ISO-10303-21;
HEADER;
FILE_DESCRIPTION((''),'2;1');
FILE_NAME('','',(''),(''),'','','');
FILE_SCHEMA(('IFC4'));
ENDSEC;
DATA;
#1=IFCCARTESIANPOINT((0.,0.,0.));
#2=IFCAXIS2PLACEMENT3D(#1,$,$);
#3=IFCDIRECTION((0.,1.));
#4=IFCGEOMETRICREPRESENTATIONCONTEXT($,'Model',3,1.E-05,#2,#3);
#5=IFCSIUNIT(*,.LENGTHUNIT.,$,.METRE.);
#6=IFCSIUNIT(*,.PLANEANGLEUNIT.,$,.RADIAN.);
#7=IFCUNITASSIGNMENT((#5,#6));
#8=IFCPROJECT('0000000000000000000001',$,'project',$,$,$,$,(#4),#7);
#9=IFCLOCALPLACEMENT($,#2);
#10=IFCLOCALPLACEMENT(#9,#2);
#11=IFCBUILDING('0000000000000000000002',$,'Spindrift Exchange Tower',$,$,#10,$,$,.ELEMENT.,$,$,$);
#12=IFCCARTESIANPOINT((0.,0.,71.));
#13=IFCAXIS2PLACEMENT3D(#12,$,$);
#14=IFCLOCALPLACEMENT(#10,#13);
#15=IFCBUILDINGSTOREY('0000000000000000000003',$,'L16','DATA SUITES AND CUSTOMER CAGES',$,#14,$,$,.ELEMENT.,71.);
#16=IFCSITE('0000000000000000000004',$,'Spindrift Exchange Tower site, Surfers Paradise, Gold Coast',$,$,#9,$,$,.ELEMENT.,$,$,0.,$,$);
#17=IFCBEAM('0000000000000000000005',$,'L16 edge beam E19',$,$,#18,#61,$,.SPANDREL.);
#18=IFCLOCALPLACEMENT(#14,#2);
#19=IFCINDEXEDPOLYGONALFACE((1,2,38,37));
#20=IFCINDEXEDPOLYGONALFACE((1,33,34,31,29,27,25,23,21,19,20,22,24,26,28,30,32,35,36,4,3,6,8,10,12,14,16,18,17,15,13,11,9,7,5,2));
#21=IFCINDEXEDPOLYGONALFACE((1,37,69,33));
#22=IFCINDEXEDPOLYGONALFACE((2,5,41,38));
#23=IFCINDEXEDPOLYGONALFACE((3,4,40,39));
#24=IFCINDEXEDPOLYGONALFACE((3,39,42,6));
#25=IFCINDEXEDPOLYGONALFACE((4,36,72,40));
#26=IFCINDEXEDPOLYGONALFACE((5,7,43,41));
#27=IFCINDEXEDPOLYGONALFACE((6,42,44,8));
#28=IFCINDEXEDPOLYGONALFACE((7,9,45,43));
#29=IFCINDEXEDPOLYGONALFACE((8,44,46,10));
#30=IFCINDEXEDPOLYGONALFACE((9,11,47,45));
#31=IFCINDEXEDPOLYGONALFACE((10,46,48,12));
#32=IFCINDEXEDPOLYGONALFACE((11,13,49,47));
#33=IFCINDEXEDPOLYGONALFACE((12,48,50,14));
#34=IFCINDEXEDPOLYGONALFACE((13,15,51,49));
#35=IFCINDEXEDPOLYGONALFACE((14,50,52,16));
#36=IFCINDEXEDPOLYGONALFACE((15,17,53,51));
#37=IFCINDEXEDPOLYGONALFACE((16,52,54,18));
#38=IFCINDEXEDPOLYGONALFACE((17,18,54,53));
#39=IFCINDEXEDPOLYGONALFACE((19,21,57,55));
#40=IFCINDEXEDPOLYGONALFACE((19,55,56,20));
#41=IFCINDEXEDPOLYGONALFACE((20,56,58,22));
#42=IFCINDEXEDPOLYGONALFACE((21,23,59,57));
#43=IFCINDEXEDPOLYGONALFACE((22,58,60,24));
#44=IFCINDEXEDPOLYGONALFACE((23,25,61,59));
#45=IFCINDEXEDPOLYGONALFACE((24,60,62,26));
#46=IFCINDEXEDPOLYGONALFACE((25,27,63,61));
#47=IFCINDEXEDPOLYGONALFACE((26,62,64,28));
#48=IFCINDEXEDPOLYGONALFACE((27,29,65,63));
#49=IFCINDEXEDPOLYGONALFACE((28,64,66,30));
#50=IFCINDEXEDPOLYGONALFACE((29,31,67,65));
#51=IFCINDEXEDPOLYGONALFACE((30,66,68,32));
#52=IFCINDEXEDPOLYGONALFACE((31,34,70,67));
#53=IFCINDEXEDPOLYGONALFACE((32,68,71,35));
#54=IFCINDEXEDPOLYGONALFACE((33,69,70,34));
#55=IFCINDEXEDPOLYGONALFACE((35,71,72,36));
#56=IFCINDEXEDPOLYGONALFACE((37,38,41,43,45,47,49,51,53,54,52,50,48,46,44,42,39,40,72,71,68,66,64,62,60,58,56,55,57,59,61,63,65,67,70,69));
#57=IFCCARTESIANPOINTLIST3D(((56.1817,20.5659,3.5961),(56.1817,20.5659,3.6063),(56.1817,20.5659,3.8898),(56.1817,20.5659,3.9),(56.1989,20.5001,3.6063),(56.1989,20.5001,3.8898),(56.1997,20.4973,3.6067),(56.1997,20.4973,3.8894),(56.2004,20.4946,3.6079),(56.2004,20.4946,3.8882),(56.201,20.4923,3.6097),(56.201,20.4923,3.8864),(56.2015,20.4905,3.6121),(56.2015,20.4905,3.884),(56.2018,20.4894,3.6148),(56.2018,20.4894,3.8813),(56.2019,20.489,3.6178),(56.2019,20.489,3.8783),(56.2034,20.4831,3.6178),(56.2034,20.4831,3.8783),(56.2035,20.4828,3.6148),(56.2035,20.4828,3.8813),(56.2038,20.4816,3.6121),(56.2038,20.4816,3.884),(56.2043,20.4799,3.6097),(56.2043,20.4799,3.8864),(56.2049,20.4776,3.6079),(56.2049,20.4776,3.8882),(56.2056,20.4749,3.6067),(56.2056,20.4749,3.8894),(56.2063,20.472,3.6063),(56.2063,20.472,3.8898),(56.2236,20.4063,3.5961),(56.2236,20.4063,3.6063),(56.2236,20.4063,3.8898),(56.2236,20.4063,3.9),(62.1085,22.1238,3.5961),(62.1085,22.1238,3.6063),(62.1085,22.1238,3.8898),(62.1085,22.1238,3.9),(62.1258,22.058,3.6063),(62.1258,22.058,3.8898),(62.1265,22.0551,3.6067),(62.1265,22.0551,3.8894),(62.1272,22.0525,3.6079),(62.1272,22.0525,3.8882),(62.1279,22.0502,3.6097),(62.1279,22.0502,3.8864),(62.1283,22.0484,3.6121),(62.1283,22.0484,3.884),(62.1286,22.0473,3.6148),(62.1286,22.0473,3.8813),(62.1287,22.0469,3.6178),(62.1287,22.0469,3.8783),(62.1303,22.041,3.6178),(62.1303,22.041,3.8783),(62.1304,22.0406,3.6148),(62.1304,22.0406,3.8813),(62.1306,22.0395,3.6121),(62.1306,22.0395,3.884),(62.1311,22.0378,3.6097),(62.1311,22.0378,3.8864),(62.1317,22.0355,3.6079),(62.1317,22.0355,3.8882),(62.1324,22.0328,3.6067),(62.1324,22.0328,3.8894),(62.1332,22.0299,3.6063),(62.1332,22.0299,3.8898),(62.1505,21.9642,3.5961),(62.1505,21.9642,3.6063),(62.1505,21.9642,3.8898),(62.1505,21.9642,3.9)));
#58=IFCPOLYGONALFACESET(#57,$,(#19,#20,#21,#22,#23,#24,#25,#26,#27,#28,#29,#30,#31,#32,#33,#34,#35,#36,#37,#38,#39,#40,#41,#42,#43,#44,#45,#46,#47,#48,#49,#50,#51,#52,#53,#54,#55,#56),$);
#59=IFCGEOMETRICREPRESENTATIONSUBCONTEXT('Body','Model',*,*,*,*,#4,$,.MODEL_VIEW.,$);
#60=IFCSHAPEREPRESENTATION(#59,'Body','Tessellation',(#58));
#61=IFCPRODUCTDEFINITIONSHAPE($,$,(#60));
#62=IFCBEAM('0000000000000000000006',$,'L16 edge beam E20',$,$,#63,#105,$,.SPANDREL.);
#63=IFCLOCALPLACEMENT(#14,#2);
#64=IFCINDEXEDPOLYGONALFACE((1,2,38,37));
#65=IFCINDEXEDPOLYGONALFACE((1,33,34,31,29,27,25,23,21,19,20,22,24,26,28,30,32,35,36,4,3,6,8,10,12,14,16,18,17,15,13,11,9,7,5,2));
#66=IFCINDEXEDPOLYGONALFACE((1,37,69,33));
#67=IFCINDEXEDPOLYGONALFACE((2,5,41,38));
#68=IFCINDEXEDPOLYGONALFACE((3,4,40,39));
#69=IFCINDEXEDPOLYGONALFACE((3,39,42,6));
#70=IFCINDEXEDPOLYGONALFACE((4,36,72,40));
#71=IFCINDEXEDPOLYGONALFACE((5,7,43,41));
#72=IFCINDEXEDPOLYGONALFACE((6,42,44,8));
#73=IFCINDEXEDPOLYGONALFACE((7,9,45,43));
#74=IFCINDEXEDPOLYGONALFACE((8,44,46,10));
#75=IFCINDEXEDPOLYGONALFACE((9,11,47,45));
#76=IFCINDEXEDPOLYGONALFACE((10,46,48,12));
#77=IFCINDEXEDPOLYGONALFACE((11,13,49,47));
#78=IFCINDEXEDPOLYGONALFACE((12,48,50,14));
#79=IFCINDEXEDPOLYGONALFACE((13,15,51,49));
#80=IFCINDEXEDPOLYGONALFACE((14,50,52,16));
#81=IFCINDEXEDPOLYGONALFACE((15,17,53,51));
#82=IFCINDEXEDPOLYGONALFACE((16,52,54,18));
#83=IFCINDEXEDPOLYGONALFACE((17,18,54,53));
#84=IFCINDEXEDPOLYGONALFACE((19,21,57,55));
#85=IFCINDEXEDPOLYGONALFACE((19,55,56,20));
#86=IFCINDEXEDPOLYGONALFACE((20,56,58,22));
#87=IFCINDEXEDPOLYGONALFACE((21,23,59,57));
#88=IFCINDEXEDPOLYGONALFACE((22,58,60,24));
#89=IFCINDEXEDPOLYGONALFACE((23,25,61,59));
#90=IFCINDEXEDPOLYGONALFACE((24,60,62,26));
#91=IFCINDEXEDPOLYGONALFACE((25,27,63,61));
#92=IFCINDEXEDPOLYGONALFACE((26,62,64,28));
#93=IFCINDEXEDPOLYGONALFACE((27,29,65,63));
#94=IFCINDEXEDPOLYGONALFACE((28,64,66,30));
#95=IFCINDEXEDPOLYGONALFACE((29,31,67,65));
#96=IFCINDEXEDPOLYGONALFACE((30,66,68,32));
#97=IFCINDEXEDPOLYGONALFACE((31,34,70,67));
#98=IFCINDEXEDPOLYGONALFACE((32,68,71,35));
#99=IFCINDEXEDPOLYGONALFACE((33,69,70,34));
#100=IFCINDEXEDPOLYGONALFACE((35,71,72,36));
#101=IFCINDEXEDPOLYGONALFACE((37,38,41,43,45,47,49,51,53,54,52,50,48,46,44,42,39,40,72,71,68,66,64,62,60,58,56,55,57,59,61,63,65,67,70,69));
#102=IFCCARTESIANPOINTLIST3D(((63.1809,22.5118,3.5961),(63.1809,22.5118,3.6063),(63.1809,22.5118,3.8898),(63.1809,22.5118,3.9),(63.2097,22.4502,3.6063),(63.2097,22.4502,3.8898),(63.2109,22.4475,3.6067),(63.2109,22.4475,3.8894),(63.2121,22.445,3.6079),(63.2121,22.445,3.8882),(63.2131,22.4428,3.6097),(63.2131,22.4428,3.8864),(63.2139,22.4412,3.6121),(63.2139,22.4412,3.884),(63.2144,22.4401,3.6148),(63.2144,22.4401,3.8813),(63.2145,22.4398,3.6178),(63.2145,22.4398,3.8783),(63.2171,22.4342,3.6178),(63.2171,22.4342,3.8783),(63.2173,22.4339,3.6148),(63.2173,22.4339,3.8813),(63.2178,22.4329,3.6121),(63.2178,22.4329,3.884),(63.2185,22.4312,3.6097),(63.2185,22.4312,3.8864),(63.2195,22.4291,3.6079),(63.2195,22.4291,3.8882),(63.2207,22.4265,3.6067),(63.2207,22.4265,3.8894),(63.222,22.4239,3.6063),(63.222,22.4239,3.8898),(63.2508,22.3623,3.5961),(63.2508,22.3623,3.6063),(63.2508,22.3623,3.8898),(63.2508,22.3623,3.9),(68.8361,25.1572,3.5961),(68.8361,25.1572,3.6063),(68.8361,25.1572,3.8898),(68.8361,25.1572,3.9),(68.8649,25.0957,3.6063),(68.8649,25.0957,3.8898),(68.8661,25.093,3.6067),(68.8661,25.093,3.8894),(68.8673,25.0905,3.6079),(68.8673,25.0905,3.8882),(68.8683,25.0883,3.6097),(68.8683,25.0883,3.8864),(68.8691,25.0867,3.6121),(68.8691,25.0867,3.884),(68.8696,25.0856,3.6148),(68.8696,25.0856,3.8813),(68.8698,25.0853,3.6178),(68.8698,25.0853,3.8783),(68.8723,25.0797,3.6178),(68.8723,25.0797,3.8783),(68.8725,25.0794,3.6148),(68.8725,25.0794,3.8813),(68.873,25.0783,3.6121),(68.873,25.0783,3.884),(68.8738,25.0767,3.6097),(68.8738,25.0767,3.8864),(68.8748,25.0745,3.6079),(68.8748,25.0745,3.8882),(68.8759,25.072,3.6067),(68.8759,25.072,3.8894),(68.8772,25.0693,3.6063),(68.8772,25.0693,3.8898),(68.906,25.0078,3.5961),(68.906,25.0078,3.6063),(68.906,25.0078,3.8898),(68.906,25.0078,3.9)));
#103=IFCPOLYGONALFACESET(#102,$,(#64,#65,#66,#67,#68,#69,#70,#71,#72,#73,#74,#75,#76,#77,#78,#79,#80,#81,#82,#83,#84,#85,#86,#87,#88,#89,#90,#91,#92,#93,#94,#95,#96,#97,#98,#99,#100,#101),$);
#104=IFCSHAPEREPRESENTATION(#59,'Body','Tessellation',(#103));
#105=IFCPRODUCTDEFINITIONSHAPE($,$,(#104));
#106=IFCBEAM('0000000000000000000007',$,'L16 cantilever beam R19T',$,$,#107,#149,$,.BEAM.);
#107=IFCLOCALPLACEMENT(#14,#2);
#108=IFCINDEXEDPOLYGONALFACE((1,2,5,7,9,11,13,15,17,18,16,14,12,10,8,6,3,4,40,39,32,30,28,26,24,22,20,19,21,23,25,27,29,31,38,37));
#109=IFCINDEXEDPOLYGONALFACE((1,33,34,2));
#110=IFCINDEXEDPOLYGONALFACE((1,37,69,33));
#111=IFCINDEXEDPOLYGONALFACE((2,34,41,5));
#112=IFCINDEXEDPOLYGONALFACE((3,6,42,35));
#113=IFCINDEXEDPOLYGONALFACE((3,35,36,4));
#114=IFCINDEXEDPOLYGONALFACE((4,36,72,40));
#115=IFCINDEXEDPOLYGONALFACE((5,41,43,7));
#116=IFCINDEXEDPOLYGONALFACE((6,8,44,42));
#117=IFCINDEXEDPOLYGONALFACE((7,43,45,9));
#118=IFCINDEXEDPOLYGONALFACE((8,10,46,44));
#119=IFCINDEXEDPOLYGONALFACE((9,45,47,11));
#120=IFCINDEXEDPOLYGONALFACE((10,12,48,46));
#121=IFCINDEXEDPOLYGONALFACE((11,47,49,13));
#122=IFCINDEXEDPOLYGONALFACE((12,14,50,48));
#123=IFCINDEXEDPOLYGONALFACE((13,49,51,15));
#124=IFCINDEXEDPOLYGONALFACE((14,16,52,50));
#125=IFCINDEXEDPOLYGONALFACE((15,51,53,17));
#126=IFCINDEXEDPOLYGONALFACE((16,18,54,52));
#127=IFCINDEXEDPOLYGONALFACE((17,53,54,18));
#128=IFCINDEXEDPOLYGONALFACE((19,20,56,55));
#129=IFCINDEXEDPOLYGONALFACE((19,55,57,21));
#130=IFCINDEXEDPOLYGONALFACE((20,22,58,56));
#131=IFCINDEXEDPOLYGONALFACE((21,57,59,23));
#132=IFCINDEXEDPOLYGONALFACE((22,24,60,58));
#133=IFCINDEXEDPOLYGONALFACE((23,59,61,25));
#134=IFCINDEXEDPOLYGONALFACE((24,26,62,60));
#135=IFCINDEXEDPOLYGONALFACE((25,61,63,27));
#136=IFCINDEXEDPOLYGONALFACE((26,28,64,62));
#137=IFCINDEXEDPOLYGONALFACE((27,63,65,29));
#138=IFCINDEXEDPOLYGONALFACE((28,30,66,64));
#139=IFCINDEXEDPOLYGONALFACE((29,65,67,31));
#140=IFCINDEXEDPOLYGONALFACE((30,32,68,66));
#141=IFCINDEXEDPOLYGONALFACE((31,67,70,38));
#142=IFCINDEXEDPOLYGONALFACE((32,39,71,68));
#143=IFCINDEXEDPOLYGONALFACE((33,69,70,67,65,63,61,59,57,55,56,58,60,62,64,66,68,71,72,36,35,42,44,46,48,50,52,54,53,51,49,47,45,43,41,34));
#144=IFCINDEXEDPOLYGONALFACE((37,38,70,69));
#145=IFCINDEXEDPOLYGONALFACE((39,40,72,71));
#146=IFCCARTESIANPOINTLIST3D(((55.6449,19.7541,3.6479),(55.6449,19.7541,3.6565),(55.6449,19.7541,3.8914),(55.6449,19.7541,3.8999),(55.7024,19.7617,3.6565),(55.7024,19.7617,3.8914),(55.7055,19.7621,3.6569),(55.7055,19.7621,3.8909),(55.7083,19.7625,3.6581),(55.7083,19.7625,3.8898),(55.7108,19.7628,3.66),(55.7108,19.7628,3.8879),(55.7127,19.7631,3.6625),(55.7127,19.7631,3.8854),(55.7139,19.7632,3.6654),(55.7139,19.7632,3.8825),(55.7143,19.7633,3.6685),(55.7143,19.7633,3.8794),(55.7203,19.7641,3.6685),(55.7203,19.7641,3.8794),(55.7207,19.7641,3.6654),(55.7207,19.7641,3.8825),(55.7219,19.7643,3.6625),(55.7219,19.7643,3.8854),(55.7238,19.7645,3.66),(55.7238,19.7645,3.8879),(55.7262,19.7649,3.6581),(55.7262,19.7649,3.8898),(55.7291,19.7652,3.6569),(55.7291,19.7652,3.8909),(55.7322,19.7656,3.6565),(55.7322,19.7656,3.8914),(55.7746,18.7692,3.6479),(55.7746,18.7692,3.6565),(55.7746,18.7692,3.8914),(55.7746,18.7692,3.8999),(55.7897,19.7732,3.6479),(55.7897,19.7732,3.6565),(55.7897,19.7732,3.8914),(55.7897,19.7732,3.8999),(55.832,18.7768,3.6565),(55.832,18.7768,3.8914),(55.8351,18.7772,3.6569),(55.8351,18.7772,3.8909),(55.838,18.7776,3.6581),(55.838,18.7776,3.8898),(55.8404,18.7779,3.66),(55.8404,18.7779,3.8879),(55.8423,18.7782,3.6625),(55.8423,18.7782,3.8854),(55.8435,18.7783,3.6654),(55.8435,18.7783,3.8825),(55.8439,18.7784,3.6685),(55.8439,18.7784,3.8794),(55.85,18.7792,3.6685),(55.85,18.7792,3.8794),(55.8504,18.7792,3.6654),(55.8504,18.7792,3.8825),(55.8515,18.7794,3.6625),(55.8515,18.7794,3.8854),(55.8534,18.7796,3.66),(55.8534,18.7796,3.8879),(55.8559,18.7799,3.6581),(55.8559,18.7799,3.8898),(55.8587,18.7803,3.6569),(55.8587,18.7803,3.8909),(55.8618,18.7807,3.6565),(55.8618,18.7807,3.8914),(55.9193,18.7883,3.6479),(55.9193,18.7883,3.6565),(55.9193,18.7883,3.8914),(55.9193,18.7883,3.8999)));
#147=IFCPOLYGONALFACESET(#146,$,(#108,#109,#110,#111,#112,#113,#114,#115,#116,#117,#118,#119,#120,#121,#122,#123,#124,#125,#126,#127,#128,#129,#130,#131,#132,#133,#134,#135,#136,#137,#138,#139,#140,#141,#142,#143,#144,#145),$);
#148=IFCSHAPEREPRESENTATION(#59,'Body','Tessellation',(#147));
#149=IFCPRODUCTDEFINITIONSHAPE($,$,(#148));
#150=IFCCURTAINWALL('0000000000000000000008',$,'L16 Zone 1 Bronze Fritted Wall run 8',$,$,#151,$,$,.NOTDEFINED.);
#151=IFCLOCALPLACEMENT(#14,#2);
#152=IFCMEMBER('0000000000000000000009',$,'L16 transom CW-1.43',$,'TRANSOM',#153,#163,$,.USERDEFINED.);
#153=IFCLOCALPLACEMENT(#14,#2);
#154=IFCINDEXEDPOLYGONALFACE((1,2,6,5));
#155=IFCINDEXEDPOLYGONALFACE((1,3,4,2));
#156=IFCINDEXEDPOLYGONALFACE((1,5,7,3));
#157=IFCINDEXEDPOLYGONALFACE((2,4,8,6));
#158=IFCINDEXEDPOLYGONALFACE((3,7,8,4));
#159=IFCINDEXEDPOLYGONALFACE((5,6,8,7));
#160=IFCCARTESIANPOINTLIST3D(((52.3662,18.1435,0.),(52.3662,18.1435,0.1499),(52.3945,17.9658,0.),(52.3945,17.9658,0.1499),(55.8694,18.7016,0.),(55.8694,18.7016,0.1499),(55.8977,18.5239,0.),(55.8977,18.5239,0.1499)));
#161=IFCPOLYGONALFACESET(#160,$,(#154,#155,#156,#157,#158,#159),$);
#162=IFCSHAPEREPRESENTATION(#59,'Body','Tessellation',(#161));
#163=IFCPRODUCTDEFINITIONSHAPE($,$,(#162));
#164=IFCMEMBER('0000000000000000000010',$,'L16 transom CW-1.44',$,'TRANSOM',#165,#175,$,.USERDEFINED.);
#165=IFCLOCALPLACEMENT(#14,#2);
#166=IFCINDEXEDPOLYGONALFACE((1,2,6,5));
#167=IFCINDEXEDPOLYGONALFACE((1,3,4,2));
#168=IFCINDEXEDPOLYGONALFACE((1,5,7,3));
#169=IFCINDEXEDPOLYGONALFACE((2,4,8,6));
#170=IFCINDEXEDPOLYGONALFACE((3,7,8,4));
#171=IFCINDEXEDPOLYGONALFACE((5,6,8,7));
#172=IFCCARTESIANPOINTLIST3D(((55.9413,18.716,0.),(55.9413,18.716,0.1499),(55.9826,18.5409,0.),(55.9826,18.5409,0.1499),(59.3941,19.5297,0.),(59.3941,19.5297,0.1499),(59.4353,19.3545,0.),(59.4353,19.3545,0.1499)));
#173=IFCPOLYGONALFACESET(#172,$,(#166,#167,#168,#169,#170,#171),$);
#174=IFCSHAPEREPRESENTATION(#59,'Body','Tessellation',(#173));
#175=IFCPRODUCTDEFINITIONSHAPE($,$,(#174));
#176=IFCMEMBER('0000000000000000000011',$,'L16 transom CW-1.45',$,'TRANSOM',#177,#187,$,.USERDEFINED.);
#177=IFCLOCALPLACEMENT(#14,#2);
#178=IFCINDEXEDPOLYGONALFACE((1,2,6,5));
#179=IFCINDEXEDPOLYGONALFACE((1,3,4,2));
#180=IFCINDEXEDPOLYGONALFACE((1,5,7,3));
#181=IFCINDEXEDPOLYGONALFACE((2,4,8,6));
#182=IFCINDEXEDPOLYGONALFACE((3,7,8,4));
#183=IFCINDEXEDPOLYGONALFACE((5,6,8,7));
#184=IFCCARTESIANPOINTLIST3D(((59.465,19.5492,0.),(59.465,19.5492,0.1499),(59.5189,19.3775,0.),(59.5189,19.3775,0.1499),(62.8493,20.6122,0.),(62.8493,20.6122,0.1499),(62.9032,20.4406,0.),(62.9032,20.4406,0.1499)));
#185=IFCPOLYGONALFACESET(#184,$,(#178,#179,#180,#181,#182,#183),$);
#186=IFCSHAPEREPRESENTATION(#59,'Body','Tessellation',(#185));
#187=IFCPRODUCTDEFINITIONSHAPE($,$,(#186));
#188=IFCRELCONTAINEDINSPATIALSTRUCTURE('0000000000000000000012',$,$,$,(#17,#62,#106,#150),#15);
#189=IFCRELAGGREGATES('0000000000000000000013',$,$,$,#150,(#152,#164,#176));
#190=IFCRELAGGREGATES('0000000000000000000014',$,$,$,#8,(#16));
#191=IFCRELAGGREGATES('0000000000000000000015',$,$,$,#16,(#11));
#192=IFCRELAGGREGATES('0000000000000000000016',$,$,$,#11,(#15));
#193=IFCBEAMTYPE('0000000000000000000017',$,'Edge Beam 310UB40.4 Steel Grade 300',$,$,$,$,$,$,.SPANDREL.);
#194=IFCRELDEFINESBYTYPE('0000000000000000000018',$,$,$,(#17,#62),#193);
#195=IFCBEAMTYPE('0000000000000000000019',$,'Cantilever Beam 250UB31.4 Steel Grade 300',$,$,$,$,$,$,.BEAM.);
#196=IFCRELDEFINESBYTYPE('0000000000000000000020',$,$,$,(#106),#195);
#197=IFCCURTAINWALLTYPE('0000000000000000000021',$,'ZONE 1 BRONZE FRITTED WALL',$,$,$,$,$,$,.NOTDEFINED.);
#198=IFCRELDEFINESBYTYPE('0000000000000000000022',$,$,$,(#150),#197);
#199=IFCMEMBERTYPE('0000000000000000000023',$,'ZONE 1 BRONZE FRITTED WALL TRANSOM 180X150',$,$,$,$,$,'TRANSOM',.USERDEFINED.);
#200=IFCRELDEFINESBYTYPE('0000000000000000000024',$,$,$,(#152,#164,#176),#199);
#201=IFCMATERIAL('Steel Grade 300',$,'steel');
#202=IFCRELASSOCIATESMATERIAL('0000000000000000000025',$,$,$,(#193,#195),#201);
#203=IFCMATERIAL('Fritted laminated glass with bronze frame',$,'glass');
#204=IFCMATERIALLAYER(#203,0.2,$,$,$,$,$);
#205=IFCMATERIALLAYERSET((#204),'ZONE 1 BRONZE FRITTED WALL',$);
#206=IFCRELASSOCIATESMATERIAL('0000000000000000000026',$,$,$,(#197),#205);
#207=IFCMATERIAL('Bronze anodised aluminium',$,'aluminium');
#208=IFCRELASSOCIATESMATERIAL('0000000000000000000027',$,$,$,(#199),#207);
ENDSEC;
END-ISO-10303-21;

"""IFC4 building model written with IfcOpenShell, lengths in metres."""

from ifc_helpers import new_model, si_unit, direction, frame, origin, origin_2d, place, context, subcontext, project, spatial, rectangle, i_section, extrude, source, transform, mapped, material, layer, layer_set, material_profile, profile_set, type_object, element, aggregate, save


model = new_model("IFC4")

# Units and contexts
model_context = context("Model", 3, precision=1e-05, world=origin(), true_north=direction((0.0, 1.0)))
body_context = subcontext(model_context, "Body", "Model", "MODEL_VIEW")
ifc_project = project(units=[si_unit("LENGTHUNIT", "METRE"), si_unit("PLANEANGLEUNIT", "RADIAN")], contexts=[model_context])

# Site, building, storey
site_placement = place(None, origin())
site = spatial("IfcSite", under=ifc_project, at=site_placement, Name="Spindrift Exchange Tower site, Surfers Paradise, Gold Coast", CompositionType="ELEMENT", RefElevation=0.0)
building_placement = place(site_placement, origin())
building = spatial("IfcBuilding", under=site, at=building_placement, Name="Spindrift Exchange Tower", CompositionType="ELEMENT")
storey_placement = place(building_placement, frame((0.0, 0.0, 71.0)))
storey = spatial("IfcBuildingStorey", under=building, at=storey_placement, Name="L16", Description="DATA SUITES AND CUSTOMER CAGES", CompositionType="ELEMENT", Elevation=71.0)

# Beams
ifc_material_1 = material(Name="Steel Grade 300", Category="steel")
ifc_material_profile_1 = material_profile(ifc_material_1, i_section(OverallWidth=0.165, OverallDepth=0.304, WebThickness=0.0061, FlangeThickness=0.0103, FilletRadius=0.0115, at=origin_2d()), Name="310UB40.4")
ifc_profile_set_1 = profile_set([ifc_material_profile_1], Name="Steel Grade 300")
beam_type_1 = type_object("IfcBeamType", Name="Edge Beam 310UB40.4 Steel Grade 300", PredefinedType="SPANDREL", material=ifc_profile_set_1)
shared_shape_1 = source(origin(), body_context, "Body", "SweptSolid", [
    extrude(i_section(OverallWidth=0.165, OverallDepth=0.304, WebThickness=0.0061, FlangeThickness=0.0103, FilletRadius=0.0115, at=origin_2d()), origin(), (0.0, 0.0, 1.0), 6.1282),
])
beam_1_placement = place(storey_placement, frame((56.2026, 20.4861, 3.748), z_axis=(0.967147, 0.254217, 0.0), x_axis=(-0.254217, 0.967147, 0.0)))
element("IfcBeam", 1, at=beam_1_placement, inside=storey, type_object=beam_type_1, Name="L16 edge beam E19", PredefinedType="SPANDREL", context=body_context, shape_type="MappedRepresentation", body=[
    mapped(shared_shape_1, transform((0.0, 0.0, 0.0), scale=1.0)),
])
shared_shape_2 = source(origin(), body_context, "Body", "SweptSolid", [
    extrude(i_section(OverallWidth=0.165, OverallDepth=0.304, WebThickness=0.0061, FlangeThickness=0.0103, FilletRadius=0.0115, at=origin_2d()), origin(), (0.0, 0.0, 1.0), 6.2434),
])
beam_2_placement = place(storey_placement, frame((63.2158, 22.437, 3.748), z_axis=(0.905791, 0.423724, 0.0), x_axis=(-0.423724, 0.905791, 0.0)))
element("IfcBeam", 2, at=beam_2_placement, inside=storey, type_object=beam_type_1, Name="L16 edge beam E20", PredefinedType="SPANDREL", context=body_context, shape_type="MappedRepresentation", body=[
    mapped(shared_shape_2, transform((0.0, 0.0, 0.0), scale=1.0)),
])
ifc_material_profile_2 = material_profile(ifc_material_1, i_section(OverallWidth=0.146, OverallDepth=0.252, WebThickness=0.0061, FlangeThickness=0.0085, FilletRadius=0.012, at=origin_2d()), Name="250UB31.4")
ifc_profile_set_2 = profile_set([ifc_material_profile_2], Name="Steel Grade 300")
beam_type_2 = type_object("IfcBeamType", Name="Cantilever Beam 250UB31.4 Steel Grade 300", PredefinedType="BEAM", material=ifc_profile_set_2)
shared_shape_3 = source(origin(), body_context, "Body", "SweptSolid", [
    extrude(i_section(OverallWidth=0.146, OverallDepth=0.252, WebThickness=0.0061, FlangeThickness=0.0085, FilletRadius=0.012, at=origin_2d()), origin(), (0.0, 0.0, 1.0), 0.9934),
])
beam_3_placement = place(storey_placement, frame((55.7173, 19.7637, 3.7739), z_axis=(0.130505, -0.991448, 0.0), x_axis=(0.991448, 0.130505, 0.0)))
element("IfcBeam", 3, at=beam_3_placement, inside=storey, type_object=beam_type_2, Name="L16 cantilever beam R19T", PredefinedType="BEAM", context=body_context, shape_type="MappedRepresentation", body=[
    mapped(shared_shape_3, transform((0.0, 0.0, 0.0), scale=1.0)),
])

# Curtain wall, members
ifc_material_2 = material(Name="Fritted laminated glass with bronze frame", Category="glass")
ifc_layer_1 = layer(ifc_material_2, 0.2)
ifc_layer_set_1 = layer_set([ifc_layer_1], Name="ZONE 1 BRONZE FRITTED WALL")
curtain_wall_type = type_object("IfcCurtainWallType", Name="ZONE 1 BRONZE FRITTED WALL", PredefinedType="NOTDEFINED", material=ifc_layer_set_1)
curtain_wall_placement = place(storey_placement, origin())
curtain_wall = element("IfcCurtainWall", 4, at=curtain_wall_placement, inside=storey, type_object=curtain_wall_type, Name="L16 Zone 1 Bronze Fritted Wall run 8", PredefinedType="NOTDEFINED")
ifc_material_3 = material(Name="Bronze anodised aluminium", Category="aluminium")
ifc_material_profile_3 = material_profile(ifc_material_3, rectangle(XDim=0.1799, YDim=0.1499, at=origin_2d()), Name="ZONE 1 BRONZE FRITTED WALL TRANSOM 180X150")
ifc_profile_set_3 = profile_set([ifc_material_profile_3], Name="Bronze anodised aluminium")
member_type_1 = type_object("IfcMemberType", Name="ZONE 1 BRONZE FRITTED WALL TRANSOM 180X150", ElementType="TRANSOM", PredefinedType="USERDEFINED", material=ifc_profile_set_3)
shared_shape_4 = source(origin(), body_context, "Body", "SweptSolid", [
    extrude(rectangle(XDim=0.1799, YDim=0.1499, at=origin_2d()), origin(), (0.0, 0.0, 1.0), 3.5474),
])
member_1_placement = place(storey_placement, frame((52.3804, 18.0547, 0.075), z_axis=(0.987546, 0.15733, 0.0), x_axis=(-0.15733, 0.987546, 0.0)))
member_1 = element("IfcMember", 5, at=member_1_placement, type_object=member_type_1, Name="L16 transom CW-1.43", ObjectType="TRANSOM", PredefinedType="USERDEFINED", context=body_context, shape_type="MappedRepresentation", body=[
    mapped(shared_shape_4, transform((0.0, 0.0, 0.0), scale=1.0)),
])
member_2_placement = place(storey_placement, frame((55.9619, 18.6284, 0.075), z_axis=(0.973337, 0.229381, 0.0), x_axis=(-0.229381, 0.973337, 0.0)))
member_2 = element("IfcMember", 6, at=member_2_placement, type_object=member_type_1, Name="L16 transom CW-1.44", ObjectType="TRANSOM", PredefinedType="USERDEFINED", context=body_context, shape_type="MappedRepresentation", body=[
    mapped(shared_shape_4, transform((0.0, 0.0, 0.0), scale=1.0)),
])
member_3_placement = place(storey_placement, frame((59.4919, 19.4634, 0.075), z_axis=(0.954045, 0.299662, 0.0), x_axis=(-0.299662, 0.954045, 0.0)))
member_3 = element("IfcMember", 7, at=member_3_placement, type_object=member_type_1, Name="L16 transom CW-1.45", ObjectType="TRANSOM", PredefinedType="USERDEFINED", context=body_context, shape_type="MappedRepresentation", body=[
    mapped(shared_shape_4, transform((0.0, 0.0, 0.0), scale=1.0)),
])
aggregate(curtain_wall, [member_1, member_2, member_3])

save(model, "model.ifc")
